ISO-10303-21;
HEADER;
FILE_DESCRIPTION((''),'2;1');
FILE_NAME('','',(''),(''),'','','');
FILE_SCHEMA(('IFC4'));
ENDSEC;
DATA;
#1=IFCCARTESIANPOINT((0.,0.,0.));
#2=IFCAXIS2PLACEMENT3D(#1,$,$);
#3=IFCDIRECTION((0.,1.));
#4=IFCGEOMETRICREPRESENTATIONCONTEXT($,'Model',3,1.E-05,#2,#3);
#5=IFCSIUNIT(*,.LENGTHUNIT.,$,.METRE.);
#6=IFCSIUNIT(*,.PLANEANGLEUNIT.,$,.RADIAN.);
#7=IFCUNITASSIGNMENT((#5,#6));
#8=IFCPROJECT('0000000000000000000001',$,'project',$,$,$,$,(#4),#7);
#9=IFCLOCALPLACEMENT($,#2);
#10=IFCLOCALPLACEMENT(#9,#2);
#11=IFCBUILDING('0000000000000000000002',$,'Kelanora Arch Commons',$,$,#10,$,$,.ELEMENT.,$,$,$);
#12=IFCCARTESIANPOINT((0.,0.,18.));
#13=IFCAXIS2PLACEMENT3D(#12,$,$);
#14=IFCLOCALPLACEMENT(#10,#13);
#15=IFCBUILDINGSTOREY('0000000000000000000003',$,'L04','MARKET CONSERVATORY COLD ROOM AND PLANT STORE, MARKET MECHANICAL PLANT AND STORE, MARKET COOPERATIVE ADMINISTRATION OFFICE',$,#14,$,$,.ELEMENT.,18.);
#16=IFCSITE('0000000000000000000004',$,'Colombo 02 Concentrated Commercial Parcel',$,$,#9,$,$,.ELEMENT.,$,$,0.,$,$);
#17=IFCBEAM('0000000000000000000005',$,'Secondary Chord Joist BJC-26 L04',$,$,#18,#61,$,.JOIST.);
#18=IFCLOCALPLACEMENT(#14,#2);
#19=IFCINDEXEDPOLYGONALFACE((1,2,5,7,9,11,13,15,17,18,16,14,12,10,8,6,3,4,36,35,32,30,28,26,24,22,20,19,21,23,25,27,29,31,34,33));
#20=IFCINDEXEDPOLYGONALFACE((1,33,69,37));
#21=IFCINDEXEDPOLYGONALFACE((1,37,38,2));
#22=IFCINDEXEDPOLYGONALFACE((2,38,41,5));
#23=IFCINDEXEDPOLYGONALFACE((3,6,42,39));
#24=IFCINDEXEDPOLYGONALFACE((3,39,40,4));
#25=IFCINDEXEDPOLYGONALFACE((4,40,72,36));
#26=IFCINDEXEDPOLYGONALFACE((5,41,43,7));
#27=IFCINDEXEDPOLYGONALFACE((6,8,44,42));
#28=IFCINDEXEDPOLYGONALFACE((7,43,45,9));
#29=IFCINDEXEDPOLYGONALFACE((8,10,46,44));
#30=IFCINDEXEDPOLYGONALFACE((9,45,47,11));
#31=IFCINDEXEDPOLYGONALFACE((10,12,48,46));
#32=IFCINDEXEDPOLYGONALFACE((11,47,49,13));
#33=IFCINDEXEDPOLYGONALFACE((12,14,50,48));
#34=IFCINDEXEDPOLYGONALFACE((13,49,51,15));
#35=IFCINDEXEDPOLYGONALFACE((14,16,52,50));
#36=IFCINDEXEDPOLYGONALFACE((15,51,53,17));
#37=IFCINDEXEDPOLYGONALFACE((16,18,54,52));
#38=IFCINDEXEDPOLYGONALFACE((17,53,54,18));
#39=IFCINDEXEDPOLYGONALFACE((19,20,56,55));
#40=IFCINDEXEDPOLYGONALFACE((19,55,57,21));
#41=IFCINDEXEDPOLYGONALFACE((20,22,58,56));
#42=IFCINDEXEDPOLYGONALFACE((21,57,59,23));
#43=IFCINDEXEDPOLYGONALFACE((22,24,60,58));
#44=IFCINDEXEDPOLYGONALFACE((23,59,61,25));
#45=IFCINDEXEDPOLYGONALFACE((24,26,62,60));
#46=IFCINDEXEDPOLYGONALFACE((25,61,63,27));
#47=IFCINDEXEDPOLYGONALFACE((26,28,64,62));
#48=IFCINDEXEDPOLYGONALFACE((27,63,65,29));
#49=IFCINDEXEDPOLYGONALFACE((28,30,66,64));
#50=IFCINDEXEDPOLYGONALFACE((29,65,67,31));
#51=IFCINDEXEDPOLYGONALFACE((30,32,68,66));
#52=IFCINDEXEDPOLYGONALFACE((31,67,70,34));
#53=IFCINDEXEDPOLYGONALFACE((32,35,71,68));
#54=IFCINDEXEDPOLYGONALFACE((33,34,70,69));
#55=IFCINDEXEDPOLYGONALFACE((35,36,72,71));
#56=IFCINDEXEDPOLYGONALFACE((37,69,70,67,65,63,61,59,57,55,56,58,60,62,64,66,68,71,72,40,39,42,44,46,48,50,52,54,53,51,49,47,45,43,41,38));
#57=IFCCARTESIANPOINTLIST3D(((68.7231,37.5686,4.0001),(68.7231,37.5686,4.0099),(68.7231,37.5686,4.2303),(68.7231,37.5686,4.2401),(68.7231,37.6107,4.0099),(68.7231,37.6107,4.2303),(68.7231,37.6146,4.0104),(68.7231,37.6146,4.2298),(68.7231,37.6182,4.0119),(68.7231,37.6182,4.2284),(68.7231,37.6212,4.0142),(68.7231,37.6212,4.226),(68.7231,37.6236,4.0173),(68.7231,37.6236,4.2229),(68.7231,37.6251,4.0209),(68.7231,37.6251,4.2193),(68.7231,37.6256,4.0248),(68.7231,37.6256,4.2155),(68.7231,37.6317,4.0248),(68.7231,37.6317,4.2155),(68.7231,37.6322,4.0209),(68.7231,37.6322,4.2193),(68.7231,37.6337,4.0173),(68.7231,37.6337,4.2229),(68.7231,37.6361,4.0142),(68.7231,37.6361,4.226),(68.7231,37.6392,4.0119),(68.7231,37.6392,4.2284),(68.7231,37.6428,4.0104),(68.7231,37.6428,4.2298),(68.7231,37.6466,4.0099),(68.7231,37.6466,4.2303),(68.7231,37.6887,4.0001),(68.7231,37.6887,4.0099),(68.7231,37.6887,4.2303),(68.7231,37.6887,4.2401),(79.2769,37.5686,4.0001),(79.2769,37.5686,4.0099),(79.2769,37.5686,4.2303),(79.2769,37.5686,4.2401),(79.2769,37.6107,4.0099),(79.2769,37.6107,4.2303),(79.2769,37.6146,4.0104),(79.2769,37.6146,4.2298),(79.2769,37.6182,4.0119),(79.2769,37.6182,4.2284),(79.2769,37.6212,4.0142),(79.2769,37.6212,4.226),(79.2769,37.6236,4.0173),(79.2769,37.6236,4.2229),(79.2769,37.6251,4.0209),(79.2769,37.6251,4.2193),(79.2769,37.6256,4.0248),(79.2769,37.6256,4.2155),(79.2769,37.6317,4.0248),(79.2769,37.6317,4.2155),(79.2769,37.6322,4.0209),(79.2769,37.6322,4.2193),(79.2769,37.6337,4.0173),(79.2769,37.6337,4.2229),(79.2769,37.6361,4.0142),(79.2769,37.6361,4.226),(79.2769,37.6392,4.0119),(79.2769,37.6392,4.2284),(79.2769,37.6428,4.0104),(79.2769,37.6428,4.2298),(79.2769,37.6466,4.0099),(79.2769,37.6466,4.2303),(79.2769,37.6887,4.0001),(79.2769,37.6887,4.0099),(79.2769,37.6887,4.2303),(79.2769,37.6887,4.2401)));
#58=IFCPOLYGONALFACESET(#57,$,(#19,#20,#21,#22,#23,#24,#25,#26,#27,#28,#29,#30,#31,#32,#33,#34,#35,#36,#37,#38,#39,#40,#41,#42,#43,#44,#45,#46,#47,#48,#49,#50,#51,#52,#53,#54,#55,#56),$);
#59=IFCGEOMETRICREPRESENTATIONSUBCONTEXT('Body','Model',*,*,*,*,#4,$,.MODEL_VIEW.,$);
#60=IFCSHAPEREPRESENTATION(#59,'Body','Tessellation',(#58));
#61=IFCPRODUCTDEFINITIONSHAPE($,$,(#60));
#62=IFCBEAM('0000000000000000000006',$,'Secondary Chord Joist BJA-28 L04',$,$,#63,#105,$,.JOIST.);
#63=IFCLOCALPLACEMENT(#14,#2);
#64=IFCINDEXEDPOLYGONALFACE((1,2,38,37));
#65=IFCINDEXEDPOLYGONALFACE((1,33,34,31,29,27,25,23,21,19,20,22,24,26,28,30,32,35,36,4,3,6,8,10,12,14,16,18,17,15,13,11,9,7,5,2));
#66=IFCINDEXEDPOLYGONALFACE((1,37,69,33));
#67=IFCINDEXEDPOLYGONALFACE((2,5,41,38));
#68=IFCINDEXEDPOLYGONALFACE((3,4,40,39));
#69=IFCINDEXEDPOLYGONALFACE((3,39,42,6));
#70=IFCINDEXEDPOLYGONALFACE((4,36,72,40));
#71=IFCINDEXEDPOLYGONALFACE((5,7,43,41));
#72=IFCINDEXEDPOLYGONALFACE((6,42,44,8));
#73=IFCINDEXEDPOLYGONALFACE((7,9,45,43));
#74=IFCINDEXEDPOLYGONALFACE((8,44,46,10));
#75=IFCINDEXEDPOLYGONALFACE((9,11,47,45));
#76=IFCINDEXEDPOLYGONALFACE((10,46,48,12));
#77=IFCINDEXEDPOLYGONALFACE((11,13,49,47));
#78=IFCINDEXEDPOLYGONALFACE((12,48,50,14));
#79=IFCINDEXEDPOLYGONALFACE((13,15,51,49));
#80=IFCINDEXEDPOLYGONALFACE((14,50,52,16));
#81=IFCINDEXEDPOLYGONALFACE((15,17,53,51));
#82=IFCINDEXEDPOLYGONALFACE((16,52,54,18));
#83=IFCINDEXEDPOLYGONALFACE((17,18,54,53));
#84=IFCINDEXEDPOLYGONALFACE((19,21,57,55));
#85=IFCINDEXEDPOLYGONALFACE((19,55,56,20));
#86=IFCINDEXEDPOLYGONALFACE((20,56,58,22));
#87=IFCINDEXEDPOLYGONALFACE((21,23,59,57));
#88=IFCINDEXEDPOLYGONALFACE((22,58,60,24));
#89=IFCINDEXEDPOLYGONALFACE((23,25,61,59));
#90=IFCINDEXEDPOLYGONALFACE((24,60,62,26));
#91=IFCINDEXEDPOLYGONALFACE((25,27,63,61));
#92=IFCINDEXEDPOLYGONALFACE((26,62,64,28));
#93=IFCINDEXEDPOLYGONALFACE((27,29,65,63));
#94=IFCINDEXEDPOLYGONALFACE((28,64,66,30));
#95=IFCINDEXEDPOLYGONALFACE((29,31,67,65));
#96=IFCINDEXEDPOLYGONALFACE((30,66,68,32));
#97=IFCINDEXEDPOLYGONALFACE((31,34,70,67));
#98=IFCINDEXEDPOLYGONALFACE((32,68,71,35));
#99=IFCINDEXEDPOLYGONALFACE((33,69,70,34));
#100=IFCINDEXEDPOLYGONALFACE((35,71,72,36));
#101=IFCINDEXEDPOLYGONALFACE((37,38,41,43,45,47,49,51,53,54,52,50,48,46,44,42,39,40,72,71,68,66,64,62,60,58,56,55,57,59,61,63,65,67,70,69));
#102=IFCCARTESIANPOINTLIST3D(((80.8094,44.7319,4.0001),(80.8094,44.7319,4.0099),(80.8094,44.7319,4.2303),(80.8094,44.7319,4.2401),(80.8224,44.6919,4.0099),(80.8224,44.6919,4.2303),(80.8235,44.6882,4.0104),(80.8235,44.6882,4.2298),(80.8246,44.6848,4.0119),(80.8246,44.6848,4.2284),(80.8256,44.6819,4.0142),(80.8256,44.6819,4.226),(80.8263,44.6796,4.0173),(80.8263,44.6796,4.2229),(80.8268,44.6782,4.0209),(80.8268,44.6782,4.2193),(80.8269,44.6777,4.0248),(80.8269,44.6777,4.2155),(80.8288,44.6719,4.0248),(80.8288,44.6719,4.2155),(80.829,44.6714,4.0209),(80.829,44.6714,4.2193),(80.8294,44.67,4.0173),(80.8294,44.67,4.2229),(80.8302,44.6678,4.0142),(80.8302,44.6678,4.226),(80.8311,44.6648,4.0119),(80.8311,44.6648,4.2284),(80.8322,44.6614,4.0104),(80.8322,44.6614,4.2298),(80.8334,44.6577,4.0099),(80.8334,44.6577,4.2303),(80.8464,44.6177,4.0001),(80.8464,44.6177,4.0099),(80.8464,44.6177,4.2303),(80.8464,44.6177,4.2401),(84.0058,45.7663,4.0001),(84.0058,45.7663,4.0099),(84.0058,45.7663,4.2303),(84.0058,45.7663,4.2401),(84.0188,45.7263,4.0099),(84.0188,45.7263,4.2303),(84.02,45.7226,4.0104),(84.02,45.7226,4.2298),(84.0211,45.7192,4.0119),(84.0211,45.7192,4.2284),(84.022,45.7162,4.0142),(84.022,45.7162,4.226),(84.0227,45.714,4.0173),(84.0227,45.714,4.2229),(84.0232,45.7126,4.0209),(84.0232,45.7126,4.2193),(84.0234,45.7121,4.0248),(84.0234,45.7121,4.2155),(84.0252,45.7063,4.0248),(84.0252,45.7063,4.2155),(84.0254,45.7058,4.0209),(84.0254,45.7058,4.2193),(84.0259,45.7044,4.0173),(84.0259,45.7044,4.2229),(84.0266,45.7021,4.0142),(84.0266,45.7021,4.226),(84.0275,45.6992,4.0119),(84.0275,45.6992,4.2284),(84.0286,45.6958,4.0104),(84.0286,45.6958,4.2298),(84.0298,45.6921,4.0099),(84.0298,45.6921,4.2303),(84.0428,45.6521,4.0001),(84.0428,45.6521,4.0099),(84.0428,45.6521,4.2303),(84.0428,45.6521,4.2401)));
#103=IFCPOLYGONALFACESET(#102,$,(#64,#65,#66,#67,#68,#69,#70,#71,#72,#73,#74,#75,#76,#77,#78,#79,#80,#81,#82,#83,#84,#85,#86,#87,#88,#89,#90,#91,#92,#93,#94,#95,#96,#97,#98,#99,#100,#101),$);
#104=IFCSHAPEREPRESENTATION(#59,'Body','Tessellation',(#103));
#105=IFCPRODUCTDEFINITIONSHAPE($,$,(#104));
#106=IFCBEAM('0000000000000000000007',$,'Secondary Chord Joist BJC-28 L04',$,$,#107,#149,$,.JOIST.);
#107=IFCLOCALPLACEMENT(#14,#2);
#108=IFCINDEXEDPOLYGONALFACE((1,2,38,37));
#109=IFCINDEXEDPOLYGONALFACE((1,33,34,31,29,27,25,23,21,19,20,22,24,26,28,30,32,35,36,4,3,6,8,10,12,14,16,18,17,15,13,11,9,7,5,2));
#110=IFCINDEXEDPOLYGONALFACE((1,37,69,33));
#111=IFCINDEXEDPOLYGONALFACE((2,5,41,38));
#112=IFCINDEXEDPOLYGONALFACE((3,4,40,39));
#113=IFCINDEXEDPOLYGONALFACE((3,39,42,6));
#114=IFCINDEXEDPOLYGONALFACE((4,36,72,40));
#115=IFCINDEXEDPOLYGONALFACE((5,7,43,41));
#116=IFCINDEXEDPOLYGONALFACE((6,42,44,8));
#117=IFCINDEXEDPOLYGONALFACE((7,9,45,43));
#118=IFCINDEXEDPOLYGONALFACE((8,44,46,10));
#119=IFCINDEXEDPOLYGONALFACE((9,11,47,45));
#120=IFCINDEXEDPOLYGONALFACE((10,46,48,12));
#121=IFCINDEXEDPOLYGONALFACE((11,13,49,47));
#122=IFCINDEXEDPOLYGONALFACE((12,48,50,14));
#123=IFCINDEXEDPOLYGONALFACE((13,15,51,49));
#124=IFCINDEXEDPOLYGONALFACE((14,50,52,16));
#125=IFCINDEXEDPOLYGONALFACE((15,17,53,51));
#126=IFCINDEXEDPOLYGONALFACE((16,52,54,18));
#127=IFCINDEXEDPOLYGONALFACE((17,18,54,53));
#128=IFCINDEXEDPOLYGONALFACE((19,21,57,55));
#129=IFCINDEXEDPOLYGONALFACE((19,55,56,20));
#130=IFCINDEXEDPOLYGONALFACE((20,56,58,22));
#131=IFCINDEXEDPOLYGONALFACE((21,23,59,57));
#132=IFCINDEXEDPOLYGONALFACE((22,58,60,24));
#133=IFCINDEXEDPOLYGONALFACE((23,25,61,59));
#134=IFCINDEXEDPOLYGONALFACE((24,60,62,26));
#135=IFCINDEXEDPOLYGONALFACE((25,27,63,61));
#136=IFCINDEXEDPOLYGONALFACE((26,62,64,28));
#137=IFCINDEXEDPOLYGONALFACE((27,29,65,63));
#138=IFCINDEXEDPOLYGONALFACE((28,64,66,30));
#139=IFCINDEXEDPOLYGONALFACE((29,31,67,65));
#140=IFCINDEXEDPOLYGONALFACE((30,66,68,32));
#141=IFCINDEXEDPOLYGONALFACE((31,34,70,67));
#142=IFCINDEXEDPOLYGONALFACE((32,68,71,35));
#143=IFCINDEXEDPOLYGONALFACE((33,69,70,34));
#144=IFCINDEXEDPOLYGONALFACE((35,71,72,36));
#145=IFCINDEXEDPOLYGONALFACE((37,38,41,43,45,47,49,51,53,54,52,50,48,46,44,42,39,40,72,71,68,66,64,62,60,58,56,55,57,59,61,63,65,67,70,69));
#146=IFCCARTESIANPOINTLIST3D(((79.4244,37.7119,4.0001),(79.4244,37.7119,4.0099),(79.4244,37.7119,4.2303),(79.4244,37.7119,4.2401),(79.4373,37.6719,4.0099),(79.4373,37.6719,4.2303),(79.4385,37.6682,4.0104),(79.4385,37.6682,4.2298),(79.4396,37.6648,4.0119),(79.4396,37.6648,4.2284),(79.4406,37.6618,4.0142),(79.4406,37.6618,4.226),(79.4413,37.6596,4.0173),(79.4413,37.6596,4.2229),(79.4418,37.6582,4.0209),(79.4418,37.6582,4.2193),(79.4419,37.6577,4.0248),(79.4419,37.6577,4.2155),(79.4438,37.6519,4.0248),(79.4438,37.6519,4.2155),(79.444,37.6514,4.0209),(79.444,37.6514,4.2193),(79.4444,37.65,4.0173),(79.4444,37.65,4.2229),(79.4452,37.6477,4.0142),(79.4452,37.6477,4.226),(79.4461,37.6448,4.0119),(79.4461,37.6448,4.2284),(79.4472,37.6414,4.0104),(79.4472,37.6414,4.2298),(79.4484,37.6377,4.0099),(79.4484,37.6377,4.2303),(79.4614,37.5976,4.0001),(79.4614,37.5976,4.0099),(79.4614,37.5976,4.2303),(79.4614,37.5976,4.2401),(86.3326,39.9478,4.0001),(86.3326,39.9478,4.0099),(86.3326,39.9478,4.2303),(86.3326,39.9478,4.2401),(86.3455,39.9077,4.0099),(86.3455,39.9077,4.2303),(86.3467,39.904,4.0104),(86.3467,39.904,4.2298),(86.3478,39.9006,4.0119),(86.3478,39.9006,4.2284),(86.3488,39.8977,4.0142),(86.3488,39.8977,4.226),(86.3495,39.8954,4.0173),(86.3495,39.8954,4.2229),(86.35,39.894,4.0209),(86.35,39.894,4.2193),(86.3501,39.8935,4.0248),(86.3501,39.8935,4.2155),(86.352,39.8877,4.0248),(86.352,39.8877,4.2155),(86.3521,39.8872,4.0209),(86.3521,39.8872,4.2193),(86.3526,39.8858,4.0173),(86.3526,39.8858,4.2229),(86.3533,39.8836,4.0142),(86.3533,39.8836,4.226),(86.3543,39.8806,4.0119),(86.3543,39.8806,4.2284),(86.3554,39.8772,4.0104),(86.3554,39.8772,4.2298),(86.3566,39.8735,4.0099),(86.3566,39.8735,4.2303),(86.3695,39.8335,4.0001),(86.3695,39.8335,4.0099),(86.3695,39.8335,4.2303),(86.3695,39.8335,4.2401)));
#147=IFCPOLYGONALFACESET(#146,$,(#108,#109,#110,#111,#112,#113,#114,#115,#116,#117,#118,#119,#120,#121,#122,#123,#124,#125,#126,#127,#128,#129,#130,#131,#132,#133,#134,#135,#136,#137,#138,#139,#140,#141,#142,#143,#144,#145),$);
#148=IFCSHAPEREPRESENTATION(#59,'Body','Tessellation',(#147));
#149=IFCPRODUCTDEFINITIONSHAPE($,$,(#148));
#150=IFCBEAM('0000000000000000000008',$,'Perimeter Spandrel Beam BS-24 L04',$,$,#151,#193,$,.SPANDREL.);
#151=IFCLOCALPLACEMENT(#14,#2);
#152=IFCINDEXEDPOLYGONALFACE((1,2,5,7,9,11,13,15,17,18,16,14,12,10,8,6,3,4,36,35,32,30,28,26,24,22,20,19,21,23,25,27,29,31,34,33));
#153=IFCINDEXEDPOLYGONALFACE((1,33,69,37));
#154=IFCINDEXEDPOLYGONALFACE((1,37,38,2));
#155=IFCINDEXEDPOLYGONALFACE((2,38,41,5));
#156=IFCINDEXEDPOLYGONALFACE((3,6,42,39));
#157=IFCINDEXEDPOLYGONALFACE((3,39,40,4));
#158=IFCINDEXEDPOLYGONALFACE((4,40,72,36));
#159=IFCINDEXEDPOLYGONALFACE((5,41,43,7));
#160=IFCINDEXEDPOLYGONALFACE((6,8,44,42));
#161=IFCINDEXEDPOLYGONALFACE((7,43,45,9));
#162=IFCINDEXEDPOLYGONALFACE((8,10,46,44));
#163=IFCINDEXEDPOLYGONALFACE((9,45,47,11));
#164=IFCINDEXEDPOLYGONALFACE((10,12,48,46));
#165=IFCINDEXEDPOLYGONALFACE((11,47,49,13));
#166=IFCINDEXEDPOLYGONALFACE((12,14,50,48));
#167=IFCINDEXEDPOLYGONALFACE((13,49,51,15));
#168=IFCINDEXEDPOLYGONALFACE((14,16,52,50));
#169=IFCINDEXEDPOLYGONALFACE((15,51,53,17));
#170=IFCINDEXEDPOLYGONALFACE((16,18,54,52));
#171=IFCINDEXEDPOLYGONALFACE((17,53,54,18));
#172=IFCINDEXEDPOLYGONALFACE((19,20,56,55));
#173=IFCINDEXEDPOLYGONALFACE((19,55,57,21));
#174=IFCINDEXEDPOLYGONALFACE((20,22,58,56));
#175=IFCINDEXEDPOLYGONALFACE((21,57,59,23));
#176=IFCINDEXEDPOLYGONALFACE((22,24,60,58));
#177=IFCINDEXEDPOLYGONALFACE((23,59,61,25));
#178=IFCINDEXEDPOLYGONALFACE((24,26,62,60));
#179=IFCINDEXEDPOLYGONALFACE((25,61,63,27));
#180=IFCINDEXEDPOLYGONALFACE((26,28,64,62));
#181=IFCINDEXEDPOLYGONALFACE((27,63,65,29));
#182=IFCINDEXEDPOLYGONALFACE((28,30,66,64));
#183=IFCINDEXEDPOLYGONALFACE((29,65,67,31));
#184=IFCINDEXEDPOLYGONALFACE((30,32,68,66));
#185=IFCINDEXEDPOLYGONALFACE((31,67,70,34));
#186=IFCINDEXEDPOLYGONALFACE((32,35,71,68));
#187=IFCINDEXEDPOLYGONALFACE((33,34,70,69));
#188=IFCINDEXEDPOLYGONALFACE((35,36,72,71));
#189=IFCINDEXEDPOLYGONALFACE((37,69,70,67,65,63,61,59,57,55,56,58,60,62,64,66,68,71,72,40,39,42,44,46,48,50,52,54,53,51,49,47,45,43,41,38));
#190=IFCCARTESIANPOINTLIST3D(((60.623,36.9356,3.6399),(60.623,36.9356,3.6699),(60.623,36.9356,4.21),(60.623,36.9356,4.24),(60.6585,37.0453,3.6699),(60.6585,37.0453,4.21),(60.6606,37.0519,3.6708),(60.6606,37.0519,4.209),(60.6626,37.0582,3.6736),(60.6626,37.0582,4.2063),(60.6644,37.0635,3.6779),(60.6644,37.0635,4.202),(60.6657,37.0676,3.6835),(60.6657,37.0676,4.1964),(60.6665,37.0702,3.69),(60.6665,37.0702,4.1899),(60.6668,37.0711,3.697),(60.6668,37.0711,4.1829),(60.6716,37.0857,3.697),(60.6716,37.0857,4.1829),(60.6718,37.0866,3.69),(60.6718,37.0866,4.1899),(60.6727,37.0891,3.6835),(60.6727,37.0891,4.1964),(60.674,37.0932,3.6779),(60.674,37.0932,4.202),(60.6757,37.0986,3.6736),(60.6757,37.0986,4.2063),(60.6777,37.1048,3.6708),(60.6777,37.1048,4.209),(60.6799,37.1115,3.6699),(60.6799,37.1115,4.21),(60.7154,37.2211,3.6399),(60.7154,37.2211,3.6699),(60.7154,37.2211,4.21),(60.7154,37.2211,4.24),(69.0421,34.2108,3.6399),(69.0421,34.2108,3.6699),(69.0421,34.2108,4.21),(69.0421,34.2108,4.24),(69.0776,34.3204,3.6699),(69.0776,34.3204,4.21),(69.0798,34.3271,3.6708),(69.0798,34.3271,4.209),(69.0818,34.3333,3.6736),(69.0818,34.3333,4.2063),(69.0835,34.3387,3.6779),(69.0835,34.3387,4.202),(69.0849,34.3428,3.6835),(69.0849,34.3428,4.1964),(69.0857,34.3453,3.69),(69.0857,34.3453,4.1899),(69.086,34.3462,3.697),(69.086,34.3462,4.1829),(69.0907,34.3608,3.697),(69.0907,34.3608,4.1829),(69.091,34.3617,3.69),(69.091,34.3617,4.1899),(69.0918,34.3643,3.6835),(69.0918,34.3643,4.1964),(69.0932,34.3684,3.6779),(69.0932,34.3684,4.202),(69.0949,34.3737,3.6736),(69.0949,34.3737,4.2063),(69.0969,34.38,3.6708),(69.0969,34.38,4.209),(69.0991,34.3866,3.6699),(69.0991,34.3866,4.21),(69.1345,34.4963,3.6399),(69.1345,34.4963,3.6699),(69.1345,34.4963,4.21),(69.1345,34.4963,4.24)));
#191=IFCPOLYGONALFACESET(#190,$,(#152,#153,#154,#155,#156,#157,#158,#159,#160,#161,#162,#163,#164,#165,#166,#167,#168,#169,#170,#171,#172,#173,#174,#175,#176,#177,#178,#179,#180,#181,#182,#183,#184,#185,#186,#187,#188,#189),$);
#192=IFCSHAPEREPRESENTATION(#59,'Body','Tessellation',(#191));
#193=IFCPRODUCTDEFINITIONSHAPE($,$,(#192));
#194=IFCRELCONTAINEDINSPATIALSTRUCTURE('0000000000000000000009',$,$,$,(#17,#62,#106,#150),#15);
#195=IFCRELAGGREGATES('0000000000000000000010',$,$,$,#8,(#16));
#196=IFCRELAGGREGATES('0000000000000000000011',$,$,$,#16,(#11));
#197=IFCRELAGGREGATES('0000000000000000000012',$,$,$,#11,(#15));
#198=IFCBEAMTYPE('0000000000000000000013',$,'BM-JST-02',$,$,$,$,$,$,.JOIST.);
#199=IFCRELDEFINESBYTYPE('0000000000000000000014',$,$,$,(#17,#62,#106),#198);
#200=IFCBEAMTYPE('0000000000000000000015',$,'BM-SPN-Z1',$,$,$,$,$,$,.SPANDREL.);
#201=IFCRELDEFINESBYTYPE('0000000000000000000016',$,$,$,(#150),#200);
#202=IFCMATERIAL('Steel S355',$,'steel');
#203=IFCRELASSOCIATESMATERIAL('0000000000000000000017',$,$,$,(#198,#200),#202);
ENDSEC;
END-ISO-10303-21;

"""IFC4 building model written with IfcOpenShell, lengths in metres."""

from ifc_helpers import new_model, si_unit, direction, frame, origin, origin_2d, place, context, subcontext, project, spatial, i_section, extrude, material, material_profile, profile_set, type_object, element, save


model = new_model("IFC4")

# Units and contexts
model_context = context("Model", 3, precision=1e-05, world=origin(), true_north=direction((0.0, 1.0)))
body_context = subcontext(model_context, "Body", "Model", "MODEL_VIEW")
ifc_project = project(units=[si_unit("LENGTHUNIT", "METRE"), si_unit("PLANEANGLEUNIT", "RADIAN")], contexts=[model_context])

# Site, building, storey
site_placement = place(None, origin())
site = spatial("IfcSite", under=ifc_project, at=site_placement, Name="Colombo 02 Concentrated Commercial Parcel", CompositionType="ELEMENT", RefElevation=0.0)
building_placement = place(site_placement, origin())
building = spatial("IfcBuilding", under=site, at=building_placement, Name="Kelanora Arch Commons", CompositionType="ELEMENT")
storey_placement = place(building_placement, frame((0.0, 0.0, 18.0)))
storey = spatial("IfcBuildingStorey", under=building, at=storey_placement, Name="L04", Description="MARKET CONSERVATORY COLD ROOM AND PLANT STORE, MARKET MECHANICAL PLANT AND STORE, MARKET COOPERATIVE ADMINISTRATION OFFICE", CompositionType="ELEMENT", Elevation=18.0)

# Beams
ifc_material_1 = material(Name="Steel S355", Category="steel")
ifc_material_profile_1 = material_profile(ifc_material_1, i_section(OverallWidth=0.1201, OverallDepth=0.24, WebThickness=0.0061, FlangeThickness=0.0098, FilletRadius=0.0149, at=origin_2d()), Name="IPE240")
ifc_profile_set_1 = profile_set([ifc_material_profile_1], Name="Steel S355")
beam_type_1 = type_object("IfcBeamType", Name="BM-JST-02", PredefinedType="JOIST", material=ifc_profile_set_1)
beam_1_placement = place(storey_placement, frame((68.7231, 37.6287, 4.1201), z_axis=(1.0, 0.0, 0.0), x_axis=(0.0, 1.0, 0.0)))
element("IfcBeam", 1, at=beam_1_placement, inside=storey, type_object=beam_type_1, Name="Secondary Chord Joist BJC-26 L04", PredefinedType="JOIST", context=body_context, shape_type="SweptSolid", body=[
    extrude(i_section(OverallWidth=0.1201, OverallDepth=0.24, WebThickness=0.0061, FlangeThickness=0.0098, FilletRadius=0.0149, at=origin_2d()), origin(), (0.0, 0.0, 1.0), 10.5537),
])
beam_2_placement = place(storey_placement, frame((80.8279, 44.6748, 4.1201), z_axis=(0.951423, 0.307888, 0.0), x_axis=(-0.307888, 0.951423, 0.0)))
element("IfcBeam", 2, at=beam_2_placement, inside=storey, type_object=beam_type_1, Name="Secondary Chord Joist BJA-28 L04", PredefinedType="JOIST", context=body_context, shape_type="SweptSolid", body=[
    extrude(i_section(OverallWidth=0.1201, OverallDepth=0.24, WebThickness=0.0061, FlangeThickness=0.0098, FilletRadius=0.0149, at=origin_2d()), origin(), (0.0, 0.0, 1.0), 3.3596),
])
beam_3_placement = place(storey_placement, frame((79.4429, 37.6548, 4.1201), z_axis=(0.951411, 0.307924, 0.0), x_axis=(-0.307924, 0.951411, 0.0)))
element("IfcBeam", 3, at=beam_3_placement, inside=storey, type_object=beam_type_1, Name="Secondary Chord Joist BJC-28 L04", PredefinedType="JOIST", context=body_context, shape_type="SweptSolid", body=[
    extrude(i_section(OverallWidth=0.1201, OverallDepth=0.24, WebThickness=0.0061, FlangeThickness=0.0098, FilletRadius=0.0149, at=origin_2d()), origin(), (0.0, 0.0, 1.0), 7.261),
])
ifc_material_profile_2 = material_profile(ifc_material_1, i_section(OverallWidth=0.3, OverallDepth=0.6001, WebThickness=0.0154, FlangeThickness=0.03, FilletRadius=0.0271, at=origin_2d()), Name="HEB600")
ifc_profile_set_2 = profile_set([ifc_material_profile_2], Name="Steel S355")
beam_type_2 = type_object("IfcBeamType", Name="BM-SPN-Z1", PredefinedType="SPANDREL", material=ifc_profile_set_2)
beam_4_placement = place(storey_placement, frame((60.6692, 37.0784, 3.9399), z_axis=(0.951411, -0.307922, 0.0), x_axis=(0.307922, 0.951411, 0.0)))
element("IfcBeam", 4, at=beam_4_placement, inside=storey, type_object=beam_type_2, Name="Perimeter Spandrel Beam BS-24 L04", PredefinedType="SPANDREL", context=body_context, shape_type="SweptSolid", body=[
    extrude(i_section(OverallWidth=0.3, OverallDepth=0.6001, WebThickness=0.0154, FlangeThickness=0.03, FilletRadius=0.0271, at=origin_2d()), origin(), (0.0, 0.0, 1.0), 8.8491),
])

save(model, "model.ifc")
